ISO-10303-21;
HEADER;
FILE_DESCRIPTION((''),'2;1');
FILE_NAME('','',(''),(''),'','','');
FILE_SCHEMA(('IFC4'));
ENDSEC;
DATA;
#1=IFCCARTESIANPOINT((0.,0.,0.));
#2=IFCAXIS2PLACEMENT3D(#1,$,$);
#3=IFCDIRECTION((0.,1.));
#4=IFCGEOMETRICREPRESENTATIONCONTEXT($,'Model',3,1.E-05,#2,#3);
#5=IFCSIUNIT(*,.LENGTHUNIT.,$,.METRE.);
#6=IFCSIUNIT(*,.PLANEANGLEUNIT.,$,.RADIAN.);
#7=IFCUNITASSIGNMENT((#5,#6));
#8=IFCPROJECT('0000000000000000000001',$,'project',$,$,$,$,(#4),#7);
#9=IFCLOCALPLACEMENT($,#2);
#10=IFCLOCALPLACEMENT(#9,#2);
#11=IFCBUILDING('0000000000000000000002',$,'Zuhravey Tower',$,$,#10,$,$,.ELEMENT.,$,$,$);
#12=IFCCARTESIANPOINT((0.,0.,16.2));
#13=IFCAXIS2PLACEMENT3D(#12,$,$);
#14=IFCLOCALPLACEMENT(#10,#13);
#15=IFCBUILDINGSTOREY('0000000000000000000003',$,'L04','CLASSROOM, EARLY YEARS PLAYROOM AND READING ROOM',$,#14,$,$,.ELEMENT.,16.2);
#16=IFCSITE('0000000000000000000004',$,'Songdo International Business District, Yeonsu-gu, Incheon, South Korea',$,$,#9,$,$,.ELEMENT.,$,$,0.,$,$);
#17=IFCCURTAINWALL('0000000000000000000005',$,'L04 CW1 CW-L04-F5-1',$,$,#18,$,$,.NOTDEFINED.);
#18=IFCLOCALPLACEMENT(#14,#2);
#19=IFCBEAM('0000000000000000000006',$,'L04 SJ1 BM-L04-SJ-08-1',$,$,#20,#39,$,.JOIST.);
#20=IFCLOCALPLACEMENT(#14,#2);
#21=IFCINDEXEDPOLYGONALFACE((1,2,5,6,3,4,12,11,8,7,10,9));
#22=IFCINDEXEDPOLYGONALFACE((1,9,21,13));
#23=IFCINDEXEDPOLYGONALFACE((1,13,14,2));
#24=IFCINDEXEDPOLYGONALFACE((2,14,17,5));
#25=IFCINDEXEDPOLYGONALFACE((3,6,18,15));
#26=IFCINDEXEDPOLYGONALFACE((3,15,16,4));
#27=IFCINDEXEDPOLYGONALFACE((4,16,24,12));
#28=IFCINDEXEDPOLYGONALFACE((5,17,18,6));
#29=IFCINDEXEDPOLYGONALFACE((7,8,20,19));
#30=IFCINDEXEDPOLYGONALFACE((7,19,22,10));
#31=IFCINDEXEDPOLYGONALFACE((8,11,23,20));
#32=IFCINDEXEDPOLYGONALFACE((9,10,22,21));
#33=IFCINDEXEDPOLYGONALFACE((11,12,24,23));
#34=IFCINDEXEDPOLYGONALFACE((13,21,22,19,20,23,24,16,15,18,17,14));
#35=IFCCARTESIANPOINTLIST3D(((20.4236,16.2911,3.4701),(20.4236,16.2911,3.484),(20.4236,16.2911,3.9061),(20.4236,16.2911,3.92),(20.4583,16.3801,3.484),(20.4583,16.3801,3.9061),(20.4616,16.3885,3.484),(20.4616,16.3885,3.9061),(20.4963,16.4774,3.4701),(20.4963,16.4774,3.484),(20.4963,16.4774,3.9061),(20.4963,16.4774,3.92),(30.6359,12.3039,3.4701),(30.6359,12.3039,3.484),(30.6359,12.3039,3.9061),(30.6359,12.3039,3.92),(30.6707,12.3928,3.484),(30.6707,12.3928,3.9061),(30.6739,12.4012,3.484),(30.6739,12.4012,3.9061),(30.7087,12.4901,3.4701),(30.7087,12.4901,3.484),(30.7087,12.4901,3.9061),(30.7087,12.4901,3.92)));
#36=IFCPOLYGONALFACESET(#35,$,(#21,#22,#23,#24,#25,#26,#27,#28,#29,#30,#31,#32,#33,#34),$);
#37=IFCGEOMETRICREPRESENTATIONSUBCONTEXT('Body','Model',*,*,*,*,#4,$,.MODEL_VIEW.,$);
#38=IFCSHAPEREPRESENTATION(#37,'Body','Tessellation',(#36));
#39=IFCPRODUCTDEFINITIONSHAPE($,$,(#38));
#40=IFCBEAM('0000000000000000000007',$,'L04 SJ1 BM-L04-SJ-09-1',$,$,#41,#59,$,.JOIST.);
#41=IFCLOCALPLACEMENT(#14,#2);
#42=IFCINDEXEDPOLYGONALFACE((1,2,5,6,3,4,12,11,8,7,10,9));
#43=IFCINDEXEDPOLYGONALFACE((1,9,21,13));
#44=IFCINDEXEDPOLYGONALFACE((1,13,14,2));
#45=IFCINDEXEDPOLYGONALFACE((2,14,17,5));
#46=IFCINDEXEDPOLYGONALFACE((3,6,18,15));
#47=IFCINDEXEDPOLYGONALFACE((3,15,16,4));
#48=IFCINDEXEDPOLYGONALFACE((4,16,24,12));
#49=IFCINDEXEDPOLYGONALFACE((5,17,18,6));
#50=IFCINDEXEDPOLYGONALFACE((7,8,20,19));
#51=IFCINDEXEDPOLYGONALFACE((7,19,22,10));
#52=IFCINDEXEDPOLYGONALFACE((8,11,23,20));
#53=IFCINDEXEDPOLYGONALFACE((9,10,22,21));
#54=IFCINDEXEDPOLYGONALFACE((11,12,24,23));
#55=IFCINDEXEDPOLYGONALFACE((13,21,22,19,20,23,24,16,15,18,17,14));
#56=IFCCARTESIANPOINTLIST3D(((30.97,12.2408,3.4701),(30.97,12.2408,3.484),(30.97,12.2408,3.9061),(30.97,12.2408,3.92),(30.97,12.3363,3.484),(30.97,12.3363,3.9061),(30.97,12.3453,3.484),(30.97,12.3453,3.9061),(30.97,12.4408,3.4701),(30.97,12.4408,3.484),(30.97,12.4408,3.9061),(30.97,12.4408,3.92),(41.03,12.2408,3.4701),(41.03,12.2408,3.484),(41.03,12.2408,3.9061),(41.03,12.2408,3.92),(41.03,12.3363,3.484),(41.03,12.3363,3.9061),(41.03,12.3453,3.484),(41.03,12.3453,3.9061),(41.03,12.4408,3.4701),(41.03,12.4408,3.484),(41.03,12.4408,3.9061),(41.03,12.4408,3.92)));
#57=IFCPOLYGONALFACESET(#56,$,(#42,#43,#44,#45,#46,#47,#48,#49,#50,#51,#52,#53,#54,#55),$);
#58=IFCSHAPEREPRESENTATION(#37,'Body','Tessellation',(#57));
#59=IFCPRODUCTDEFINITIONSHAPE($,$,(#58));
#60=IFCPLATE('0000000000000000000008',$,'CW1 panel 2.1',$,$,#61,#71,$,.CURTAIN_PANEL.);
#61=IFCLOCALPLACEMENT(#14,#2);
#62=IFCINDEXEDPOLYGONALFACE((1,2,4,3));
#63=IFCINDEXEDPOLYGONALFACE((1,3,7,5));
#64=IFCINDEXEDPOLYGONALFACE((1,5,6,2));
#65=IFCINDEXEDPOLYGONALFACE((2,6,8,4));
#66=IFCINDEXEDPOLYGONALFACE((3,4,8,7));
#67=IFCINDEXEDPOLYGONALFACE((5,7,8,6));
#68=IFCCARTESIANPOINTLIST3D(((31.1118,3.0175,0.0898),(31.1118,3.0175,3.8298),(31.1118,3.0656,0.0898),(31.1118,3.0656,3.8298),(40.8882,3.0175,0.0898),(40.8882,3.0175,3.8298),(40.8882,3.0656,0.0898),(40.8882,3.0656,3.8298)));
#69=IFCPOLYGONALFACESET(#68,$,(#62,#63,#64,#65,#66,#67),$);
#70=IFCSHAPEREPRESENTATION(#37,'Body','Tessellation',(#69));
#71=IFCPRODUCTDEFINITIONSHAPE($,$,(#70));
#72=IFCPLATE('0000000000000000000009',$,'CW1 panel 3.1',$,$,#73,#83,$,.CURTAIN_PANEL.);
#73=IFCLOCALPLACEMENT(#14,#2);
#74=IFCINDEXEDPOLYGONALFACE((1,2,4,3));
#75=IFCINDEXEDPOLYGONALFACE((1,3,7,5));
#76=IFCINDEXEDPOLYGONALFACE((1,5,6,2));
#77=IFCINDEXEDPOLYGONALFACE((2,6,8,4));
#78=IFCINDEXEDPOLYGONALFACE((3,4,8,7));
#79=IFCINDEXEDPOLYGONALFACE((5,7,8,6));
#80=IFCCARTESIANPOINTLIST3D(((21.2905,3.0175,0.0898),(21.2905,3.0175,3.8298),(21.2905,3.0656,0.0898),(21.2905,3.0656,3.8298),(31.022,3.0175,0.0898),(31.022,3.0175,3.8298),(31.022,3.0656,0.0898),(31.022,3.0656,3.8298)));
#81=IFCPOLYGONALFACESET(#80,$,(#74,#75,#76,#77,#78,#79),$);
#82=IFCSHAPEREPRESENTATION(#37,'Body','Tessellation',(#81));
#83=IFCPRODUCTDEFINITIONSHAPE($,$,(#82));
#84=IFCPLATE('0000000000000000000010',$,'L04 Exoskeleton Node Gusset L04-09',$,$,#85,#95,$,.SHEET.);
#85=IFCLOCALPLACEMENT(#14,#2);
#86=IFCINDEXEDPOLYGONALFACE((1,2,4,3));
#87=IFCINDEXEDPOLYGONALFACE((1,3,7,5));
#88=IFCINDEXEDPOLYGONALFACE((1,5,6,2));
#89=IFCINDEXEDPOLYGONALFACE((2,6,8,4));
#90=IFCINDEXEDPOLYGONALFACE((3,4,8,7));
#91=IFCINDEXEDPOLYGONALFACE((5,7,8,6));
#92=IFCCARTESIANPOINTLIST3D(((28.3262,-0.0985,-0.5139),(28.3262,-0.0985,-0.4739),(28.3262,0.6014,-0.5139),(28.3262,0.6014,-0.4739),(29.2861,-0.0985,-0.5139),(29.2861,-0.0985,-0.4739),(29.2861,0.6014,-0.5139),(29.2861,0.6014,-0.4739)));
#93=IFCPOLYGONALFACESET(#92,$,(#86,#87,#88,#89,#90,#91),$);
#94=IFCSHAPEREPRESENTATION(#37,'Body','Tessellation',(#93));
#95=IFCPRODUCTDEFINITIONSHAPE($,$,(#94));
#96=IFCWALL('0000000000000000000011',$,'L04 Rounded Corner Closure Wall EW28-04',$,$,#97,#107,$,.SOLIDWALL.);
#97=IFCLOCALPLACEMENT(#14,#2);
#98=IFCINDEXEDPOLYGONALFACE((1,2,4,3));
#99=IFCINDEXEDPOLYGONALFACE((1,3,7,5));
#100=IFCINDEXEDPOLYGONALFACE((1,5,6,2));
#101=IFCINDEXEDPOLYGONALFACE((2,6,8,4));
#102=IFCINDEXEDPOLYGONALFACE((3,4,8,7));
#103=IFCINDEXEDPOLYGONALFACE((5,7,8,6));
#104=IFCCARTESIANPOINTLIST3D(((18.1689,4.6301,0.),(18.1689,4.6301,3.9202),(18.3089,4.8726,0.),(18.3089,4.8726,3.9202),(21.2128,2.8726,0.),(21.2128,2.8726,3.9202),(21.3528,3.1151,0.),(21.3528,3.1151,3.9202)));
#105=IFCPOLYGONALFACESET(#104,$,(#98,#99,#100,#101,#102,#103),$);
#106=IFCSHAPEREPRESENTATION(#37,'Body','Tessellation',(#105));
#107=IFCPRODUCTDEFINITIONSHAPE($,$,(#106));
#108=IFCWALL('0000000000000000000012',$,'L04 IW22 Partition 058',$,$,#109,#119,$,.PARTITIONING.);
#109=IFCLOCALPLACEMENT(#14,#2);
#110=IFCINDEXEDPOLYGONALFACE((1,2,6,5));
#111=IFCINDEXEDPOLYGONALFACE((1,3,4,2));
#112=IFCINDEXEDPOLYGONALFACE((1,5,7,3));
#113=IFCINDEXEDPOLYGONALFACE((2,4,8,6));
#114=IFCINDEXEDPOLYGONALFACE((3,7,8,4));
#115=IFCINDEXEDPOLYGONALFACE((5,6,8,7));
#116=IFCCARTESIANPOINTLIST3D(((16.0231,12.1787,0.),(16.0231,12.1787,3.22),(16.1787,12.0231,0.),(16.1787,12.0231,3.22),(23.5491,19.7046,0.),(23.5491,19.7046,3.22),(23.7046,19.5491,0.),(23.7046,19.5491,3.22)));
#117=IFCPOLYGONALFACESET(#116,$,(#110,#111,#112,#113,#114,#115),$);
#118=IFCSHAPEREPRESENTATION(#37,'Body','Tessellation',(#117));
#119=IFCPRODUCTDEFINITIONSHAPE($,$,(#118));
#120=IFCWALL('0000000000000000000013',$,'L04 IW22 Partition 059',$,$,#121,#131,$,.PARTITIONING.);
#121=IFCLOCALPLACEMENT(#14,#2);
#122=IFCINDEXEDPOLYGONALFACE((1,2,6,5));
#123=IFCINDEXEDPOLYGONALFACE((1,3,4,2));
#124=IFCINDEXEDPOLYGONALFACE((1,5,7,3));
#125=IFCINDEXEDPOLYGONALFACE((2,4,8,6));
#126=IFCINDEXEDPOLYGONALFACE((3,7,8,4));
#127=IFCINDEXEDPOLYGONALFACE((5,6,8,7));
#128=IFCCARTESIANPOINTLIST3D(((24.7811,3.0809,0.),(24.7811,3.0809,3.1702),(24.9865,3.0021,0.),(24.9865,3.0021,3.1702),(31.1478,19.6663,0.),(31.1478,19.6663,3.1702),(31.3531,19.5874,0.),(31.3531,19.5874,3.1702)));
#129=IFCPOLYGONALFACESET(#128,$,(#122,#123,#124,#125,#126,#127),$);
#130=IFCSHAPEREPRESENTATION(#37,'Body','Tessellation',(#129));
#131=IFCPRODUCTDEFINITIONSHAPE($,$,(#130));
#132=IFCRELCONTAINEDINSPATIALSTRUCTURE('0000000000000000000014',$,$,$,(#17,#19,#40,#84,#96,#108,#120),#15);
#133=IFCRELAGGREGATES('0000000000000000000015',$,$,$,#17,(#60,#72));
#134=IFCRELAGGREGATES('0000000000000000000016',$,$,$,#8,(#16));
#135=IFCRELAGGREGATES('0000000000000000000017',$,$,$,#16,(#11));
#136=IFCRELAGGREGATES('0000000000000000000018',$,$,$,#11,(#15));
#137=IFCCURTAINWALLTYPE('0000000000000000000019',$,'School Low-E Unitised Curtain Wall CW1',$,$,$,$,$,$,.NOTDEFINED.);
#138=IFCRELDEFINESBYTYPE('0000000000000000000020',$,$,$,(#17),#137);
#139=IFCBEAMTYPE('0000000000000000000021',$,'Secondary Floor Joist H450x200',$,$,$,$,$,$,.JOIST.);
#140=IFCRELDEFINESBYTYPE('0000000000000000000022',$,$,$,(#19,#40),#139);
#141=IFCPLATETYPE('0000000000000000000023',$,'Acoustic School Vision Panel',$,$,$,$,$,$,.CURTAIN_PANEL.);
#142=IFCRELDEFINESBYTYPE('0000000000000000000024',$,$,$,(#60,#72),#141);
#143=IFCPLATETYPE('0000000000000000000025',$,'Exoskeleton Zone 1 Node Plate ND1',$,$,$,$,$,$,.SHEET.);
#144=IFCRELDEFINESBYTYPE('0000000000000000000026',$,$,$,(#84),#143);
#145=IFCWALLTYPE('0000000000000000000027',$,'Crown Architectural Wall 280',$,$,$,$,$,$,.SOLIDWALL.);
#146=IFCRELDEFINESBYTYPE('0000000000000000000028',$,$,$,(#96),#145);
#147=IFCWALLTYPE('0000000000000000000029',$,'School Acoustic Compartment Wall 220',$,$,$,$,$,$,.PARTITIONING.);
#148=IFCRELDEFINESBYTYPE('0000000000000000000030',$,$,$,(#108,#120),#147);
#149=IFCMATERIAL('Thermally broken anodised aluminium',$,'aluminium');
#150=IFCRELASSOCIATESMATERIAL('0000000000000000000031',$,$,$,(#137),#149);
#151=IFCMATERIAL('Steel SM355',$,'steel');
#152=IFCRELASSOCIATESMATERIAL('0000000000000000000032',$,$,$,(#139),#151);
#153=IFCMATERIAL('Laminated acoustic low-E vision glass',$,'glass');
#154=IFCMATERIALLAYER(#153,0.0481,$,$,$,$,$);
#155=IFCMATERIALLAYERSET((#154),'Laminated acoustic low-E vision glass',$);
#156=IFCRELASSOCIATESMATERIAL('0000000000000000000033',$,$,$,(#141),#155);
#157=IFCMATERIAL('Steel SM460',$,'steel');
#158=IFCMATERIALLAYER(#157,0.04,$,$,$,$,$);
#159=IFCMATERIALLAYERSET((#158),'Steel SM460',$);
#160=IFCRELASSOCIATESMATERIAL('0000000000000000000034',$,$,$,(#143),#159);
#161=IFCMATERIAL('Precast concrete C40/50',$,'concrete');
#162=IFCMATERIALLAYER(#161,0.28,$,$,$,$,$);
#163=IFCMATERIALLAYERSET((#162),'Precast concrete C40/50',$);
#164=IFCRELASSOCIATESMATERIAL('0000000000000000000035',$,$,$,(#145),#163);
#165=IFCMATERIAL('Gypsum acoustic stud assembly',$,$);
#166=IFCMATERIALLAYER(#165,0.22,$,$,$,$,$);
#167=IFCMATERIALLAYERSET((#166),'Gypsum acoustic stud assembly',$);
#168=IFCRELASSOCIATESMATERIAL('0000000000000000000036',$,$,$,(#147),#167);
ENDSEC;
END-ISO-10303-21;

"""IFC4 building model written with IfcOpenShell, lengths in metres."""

from ifc_helpers import new_model, si_unit, direction, frame, frame_2d, origin, origin_2d, place, context, subcontext, project, spatial, rectangle, i_section, extrude, material, layer, layer_set, material_profile, profile_set, type_object, element, aggregate, save


model = new_model("IFC4")

# Units and contexts
model_context = context("Model", 3, precision=1e-05, world=origin(), true_north=direction((0.0, 1.0)))
body_context = subcontext(model_context, "Body", "Model", "MODEL_VIEW")
ifc_project = project(units=[si_unit("LENGTHUNIT", "METRE"), si_unit("PLANEANGLEUNIT", "RADIAN")], contexts=[model_context])

# Site, building, storey
site_placement = place(None, origin())
site = spatial("IfcSite", under=ifc_project, at=site_placement, Name="Songdo International Business District, Yeonsu-gu, Incheon, South Korea", CompositionType="ELEMENT", RefElevation=0.0)
building_placement = place(site_placement, origin())
building = spatial("IfcBuilding", under=site, at=building_placement, Name="Zuhravey Tower", CompositionType="ELEMENT")
storey_placement = place(building_placement, frame((0.0, 0.0, 16.2)))
storey = spatial("IfcBuildingStorey", under=building, at=storey_placement, Name="L04", Description="CLASSROOM, EARLY YEARS PLAYROOM AND READING ROOM", CompositionType="ELEMENT", Elevation=16.2)

# Curtain wall
ifc_material_1 = material(Name="Thermally broken anodised aluminium", Category="aluminium")
curtain_wall_type = type_object("IfcCurtainWallType", Name="School Low-E Unitised Curtain Wall CW1", PredefinedType="NOTDEFINED", material=ifc_material_1)
curtain_wall_1_placement = place(storey_placement, origin())
curtain_wall_1 = element("IfcCurtainWall", 1, at=curtain_wall_1_placement, inside=storey, type_object=curtain_wall_type, Name="L04 CW1 CW-L04-F5-1", PredefinedType="NOTDEFINED")

# Shared definitions
ifc_material_2 = material(Name="Steel SM355", Category="steel")
ifc_material_3 = material(Name="Steel SM460", Category="steel")

# Beams
ifc_material_profile_1 = material_profile(ifc_material_2, i_section(OverallWidth=0.2, OverallDepth=0.45, WebThickness=0.009, FlangeThickness=0.0139, at=origin_2d()), Name="H-450x200x9x14")
ifc_profile_set_1 = profile_set([ifc_material_profile_1], Name="Steel SM355")
beam_type_1 = type_object("IfcBeamType", Name="Secondary Floor Joist H450x200", PredefinedType="JOIST", material=ifc_profile_set_1)
beam_1_placement = place(storey_placement, frame((20.46, 16.3843, 3.6951), z_axis=(0.931517, -0.363699, 0.0), x_axis=(0.363699, 0.931517, 0.0)))
element("IfcBeam", 2, at=beam_1_placement, inside=storey, type_object=beam_type_1, Name="L04 SJ1 BM-L04-SJ-08-1", PredefinedType="JOIST", context=body_context, shape_type="SweptSolid", body=[
    extrude(i_section(OverallWidth=0.2, OverallDepth=0.45, WebThickness=0.009, FlangeThickness=0.0139, at=origin_2d()), origin(), (0.0, 0.0, 1.0), 10.9631),
])
beam_2_placement = place(storey_placement, frame((30.97, 12.3408, 3.6951), z_axis=(1.0, 0.0, 0.0), x_axis=(0.0, 1.0, 0.0)))
element("IfcBeam", 3, at=beam_2_placement, inside=storey, type_object=beam_type_1, Name="L04 SJ1 BM-L04-SJ-09-1", PredefinedType="JOIST", context=body_context, shape_type="SweptSolid", body=[
    extrude(i_section(OverallWidth=0.2, OverallDepth=0.45, WebThickness=0.009, FlangeThickness=0.0139, at=origin_2d()), origin(), (0.0, 0.0, 1.0), 10.0601),
])

# Plates
ifc_material_4 = material(Name="Laminated acoustic low-E vision glass", Category="glass")
ifc_layer_1 = layer(ifc_material_4, 0.0481)
ifc_layer_set_1 = layer_set([ifc_layer_1], Name="Laminated acoustic low-E vision glass")
plate_type_1 = type_object("IfcPlateType", Name="Acoustic School Vision Panel", PredefinedType="CURTAIN_PANEL", material=ifc_layer_set_1)
plate_1_placement = place(storey_placement, frame((36.0, 3.0415, 0.0898), z_axis=(0.0, 0.0, 1.0), x_axis=(-1.0, 0.0, 0.0)))
plate_1 = element("IfcPlate", 4, at=plate_1_placement, type_object=plate_type_1, Name="CW1 panel 2.1", PredefinedType="CURTAIN_PANEL", context=body_context, shape_type="SweptSolid", body=[
    extrude(rectangle(XDim=9.7764, YDim=0.0481, at=origin_2d()), origin(), (0.0, 0.0, 1.0), 3.74),
])
plate_2_placement = place(storey_placement, frame((26.1562, 3.0415, 0.0898), z_axis=(0.0, 0.0, 1.0), x_axis=(-1.0, 0.0, 0.0)))
plate_2 = element("IfcPlate", 5, at=plate_2_placement, type_object=plate_type_1, Name="CW1 panel 3.1", PredefinedType="CURTAIN_PANEL", context=body_context, shape_type="SweptSolid", body=[
    extrude(rectangle(XDim=9.7314, YDim=0.0481, at=origin_2d()), origin(), (0.0, 0.0, 1.0), 3.74),
])
aggregate(curtain_wall_1, [plate_1, plate_2])
ifc_layer_2 = layer(ifc_material_3, 0.04)
ifc_layer_set_2 = layer_set([ifc_layer_2], Name="Steel SM460")
plate_type_2 = type_object("IfcPlateType", Name="Exoskeleton Zone 1 Node Plate ND1", PredefinedType="SHEET", material=ifc_layer_set_2)
plate_3_placement = place(storey_placement, frame((28.8062, 0.2515, -0.5139), z_axis=(0.0, 0.0, 1.0), x_axis=(1.0, 0.0, 0.0)))
element("IfcPlate", 6, at=plate_3_placement, inside=storey, type_object=plate_type_2, Name="L04 Exoskeleton Node Gusset L04-09", PredefinedType="SHEET", context=body_context, shape_type="SweptSolid", body=[
    extrude(rectangle(XDim=0.96, YDim=0.7, at=origin_2d()), origin(), (0.0, 0.0, 1.0), 0.04),
])

# Walls
ifc_material_5 = material(Name="Precast concrete C40/50", Category="concrete")
ifc_layer_3 = layer(ifc_material_5, 0.28)
ifc_layer_set_3 = layer_set([ifc_layer_3], Name="Precast concrete C40/50")
wall_type_1 = type_object("IfcWallType", Name="Crown Architectural Wall 280", PredefinedType="SOLIDWALL", material=ifc_layer_set_3)
wall_1_placement = place(storey_placement, frame((21.2827, 2.9939, 0.0), z_axis=(0.0, 0.0, 1.0), x_axis=(-0.866007, 0.500031, 0.0)))
element("IfcWall", 7, at=wall_1_placement, inside=storey, type_object=wall_type_1, Name="L04 Rounded Corner Closure Wall EW28-04", PredefinedType="SOLIDWALL", context=body_context, shape_type="SweptSolid", body=[
    extrude(rectangle(XDim=3.5149, YDim=0.28, at=frame_2d((1.7573, 0.0))), origin(), (0.0, 0.0, 1.0), 3.9202),
])
ifc_material_6 = material(Name="Gypsum acoustic stud assembly")
ifc_layer_4 = layer(ifc_material_6, 0.22)
ifc_layer_set_4 = layer_set([ifc_layer_4], Name="Gypsum acoustic stud assembly")
wall_type_2 = type_object("IfcWallType", Name="School Acoustic Compartment Wall 220", PredefinedType="PARTITIONING", material=ifc_layer_set_4)
wall_2_placement = place(storey_placement, frame((23.627, 19.627, 0.0), z_axis=(0.0, 0.0, 1.0), x_axis=(-0.707107, -0.707107, 0.0)))
element("IfcWall", 8, at=wall_2_placement, inside=storey, type_object=wall_type_2, Name="L04 IW22 Partition 058", PredefinedType="PARTITIONING", context=body_context, shape_type="SweptSolid", body=[
    extrude(rectangle(XDim=10.6433, YDim=0.22, at=frame_2d((5.3218, 0.0))), origin(), (0.0, 0.0, 1.0), 3.22),
])
wall_3_placement = place(storey_placement, frame((31.2505, 19.627, 0.0), z_axis=(0.0, 0.0, 1.0), x_axis=(-0.358375, -0.933578, 0.0)))
element("IfcWall", 9, at=wall_3_placement, inside=storey, type_object=wall_type_2, Name="L04 IW22 Partition 059", PredefinedType="PARTITIONING", context=body_context, shape_type="SweptSolid", body=[
    extrude(rectangle(XDim=17.7654, YDim=0.22, at=frame_2d((8.8828, 0.0))), origin(), (0.0, 0.0, 1.0), 3.1702),
])

save(model, "model.ifc")
